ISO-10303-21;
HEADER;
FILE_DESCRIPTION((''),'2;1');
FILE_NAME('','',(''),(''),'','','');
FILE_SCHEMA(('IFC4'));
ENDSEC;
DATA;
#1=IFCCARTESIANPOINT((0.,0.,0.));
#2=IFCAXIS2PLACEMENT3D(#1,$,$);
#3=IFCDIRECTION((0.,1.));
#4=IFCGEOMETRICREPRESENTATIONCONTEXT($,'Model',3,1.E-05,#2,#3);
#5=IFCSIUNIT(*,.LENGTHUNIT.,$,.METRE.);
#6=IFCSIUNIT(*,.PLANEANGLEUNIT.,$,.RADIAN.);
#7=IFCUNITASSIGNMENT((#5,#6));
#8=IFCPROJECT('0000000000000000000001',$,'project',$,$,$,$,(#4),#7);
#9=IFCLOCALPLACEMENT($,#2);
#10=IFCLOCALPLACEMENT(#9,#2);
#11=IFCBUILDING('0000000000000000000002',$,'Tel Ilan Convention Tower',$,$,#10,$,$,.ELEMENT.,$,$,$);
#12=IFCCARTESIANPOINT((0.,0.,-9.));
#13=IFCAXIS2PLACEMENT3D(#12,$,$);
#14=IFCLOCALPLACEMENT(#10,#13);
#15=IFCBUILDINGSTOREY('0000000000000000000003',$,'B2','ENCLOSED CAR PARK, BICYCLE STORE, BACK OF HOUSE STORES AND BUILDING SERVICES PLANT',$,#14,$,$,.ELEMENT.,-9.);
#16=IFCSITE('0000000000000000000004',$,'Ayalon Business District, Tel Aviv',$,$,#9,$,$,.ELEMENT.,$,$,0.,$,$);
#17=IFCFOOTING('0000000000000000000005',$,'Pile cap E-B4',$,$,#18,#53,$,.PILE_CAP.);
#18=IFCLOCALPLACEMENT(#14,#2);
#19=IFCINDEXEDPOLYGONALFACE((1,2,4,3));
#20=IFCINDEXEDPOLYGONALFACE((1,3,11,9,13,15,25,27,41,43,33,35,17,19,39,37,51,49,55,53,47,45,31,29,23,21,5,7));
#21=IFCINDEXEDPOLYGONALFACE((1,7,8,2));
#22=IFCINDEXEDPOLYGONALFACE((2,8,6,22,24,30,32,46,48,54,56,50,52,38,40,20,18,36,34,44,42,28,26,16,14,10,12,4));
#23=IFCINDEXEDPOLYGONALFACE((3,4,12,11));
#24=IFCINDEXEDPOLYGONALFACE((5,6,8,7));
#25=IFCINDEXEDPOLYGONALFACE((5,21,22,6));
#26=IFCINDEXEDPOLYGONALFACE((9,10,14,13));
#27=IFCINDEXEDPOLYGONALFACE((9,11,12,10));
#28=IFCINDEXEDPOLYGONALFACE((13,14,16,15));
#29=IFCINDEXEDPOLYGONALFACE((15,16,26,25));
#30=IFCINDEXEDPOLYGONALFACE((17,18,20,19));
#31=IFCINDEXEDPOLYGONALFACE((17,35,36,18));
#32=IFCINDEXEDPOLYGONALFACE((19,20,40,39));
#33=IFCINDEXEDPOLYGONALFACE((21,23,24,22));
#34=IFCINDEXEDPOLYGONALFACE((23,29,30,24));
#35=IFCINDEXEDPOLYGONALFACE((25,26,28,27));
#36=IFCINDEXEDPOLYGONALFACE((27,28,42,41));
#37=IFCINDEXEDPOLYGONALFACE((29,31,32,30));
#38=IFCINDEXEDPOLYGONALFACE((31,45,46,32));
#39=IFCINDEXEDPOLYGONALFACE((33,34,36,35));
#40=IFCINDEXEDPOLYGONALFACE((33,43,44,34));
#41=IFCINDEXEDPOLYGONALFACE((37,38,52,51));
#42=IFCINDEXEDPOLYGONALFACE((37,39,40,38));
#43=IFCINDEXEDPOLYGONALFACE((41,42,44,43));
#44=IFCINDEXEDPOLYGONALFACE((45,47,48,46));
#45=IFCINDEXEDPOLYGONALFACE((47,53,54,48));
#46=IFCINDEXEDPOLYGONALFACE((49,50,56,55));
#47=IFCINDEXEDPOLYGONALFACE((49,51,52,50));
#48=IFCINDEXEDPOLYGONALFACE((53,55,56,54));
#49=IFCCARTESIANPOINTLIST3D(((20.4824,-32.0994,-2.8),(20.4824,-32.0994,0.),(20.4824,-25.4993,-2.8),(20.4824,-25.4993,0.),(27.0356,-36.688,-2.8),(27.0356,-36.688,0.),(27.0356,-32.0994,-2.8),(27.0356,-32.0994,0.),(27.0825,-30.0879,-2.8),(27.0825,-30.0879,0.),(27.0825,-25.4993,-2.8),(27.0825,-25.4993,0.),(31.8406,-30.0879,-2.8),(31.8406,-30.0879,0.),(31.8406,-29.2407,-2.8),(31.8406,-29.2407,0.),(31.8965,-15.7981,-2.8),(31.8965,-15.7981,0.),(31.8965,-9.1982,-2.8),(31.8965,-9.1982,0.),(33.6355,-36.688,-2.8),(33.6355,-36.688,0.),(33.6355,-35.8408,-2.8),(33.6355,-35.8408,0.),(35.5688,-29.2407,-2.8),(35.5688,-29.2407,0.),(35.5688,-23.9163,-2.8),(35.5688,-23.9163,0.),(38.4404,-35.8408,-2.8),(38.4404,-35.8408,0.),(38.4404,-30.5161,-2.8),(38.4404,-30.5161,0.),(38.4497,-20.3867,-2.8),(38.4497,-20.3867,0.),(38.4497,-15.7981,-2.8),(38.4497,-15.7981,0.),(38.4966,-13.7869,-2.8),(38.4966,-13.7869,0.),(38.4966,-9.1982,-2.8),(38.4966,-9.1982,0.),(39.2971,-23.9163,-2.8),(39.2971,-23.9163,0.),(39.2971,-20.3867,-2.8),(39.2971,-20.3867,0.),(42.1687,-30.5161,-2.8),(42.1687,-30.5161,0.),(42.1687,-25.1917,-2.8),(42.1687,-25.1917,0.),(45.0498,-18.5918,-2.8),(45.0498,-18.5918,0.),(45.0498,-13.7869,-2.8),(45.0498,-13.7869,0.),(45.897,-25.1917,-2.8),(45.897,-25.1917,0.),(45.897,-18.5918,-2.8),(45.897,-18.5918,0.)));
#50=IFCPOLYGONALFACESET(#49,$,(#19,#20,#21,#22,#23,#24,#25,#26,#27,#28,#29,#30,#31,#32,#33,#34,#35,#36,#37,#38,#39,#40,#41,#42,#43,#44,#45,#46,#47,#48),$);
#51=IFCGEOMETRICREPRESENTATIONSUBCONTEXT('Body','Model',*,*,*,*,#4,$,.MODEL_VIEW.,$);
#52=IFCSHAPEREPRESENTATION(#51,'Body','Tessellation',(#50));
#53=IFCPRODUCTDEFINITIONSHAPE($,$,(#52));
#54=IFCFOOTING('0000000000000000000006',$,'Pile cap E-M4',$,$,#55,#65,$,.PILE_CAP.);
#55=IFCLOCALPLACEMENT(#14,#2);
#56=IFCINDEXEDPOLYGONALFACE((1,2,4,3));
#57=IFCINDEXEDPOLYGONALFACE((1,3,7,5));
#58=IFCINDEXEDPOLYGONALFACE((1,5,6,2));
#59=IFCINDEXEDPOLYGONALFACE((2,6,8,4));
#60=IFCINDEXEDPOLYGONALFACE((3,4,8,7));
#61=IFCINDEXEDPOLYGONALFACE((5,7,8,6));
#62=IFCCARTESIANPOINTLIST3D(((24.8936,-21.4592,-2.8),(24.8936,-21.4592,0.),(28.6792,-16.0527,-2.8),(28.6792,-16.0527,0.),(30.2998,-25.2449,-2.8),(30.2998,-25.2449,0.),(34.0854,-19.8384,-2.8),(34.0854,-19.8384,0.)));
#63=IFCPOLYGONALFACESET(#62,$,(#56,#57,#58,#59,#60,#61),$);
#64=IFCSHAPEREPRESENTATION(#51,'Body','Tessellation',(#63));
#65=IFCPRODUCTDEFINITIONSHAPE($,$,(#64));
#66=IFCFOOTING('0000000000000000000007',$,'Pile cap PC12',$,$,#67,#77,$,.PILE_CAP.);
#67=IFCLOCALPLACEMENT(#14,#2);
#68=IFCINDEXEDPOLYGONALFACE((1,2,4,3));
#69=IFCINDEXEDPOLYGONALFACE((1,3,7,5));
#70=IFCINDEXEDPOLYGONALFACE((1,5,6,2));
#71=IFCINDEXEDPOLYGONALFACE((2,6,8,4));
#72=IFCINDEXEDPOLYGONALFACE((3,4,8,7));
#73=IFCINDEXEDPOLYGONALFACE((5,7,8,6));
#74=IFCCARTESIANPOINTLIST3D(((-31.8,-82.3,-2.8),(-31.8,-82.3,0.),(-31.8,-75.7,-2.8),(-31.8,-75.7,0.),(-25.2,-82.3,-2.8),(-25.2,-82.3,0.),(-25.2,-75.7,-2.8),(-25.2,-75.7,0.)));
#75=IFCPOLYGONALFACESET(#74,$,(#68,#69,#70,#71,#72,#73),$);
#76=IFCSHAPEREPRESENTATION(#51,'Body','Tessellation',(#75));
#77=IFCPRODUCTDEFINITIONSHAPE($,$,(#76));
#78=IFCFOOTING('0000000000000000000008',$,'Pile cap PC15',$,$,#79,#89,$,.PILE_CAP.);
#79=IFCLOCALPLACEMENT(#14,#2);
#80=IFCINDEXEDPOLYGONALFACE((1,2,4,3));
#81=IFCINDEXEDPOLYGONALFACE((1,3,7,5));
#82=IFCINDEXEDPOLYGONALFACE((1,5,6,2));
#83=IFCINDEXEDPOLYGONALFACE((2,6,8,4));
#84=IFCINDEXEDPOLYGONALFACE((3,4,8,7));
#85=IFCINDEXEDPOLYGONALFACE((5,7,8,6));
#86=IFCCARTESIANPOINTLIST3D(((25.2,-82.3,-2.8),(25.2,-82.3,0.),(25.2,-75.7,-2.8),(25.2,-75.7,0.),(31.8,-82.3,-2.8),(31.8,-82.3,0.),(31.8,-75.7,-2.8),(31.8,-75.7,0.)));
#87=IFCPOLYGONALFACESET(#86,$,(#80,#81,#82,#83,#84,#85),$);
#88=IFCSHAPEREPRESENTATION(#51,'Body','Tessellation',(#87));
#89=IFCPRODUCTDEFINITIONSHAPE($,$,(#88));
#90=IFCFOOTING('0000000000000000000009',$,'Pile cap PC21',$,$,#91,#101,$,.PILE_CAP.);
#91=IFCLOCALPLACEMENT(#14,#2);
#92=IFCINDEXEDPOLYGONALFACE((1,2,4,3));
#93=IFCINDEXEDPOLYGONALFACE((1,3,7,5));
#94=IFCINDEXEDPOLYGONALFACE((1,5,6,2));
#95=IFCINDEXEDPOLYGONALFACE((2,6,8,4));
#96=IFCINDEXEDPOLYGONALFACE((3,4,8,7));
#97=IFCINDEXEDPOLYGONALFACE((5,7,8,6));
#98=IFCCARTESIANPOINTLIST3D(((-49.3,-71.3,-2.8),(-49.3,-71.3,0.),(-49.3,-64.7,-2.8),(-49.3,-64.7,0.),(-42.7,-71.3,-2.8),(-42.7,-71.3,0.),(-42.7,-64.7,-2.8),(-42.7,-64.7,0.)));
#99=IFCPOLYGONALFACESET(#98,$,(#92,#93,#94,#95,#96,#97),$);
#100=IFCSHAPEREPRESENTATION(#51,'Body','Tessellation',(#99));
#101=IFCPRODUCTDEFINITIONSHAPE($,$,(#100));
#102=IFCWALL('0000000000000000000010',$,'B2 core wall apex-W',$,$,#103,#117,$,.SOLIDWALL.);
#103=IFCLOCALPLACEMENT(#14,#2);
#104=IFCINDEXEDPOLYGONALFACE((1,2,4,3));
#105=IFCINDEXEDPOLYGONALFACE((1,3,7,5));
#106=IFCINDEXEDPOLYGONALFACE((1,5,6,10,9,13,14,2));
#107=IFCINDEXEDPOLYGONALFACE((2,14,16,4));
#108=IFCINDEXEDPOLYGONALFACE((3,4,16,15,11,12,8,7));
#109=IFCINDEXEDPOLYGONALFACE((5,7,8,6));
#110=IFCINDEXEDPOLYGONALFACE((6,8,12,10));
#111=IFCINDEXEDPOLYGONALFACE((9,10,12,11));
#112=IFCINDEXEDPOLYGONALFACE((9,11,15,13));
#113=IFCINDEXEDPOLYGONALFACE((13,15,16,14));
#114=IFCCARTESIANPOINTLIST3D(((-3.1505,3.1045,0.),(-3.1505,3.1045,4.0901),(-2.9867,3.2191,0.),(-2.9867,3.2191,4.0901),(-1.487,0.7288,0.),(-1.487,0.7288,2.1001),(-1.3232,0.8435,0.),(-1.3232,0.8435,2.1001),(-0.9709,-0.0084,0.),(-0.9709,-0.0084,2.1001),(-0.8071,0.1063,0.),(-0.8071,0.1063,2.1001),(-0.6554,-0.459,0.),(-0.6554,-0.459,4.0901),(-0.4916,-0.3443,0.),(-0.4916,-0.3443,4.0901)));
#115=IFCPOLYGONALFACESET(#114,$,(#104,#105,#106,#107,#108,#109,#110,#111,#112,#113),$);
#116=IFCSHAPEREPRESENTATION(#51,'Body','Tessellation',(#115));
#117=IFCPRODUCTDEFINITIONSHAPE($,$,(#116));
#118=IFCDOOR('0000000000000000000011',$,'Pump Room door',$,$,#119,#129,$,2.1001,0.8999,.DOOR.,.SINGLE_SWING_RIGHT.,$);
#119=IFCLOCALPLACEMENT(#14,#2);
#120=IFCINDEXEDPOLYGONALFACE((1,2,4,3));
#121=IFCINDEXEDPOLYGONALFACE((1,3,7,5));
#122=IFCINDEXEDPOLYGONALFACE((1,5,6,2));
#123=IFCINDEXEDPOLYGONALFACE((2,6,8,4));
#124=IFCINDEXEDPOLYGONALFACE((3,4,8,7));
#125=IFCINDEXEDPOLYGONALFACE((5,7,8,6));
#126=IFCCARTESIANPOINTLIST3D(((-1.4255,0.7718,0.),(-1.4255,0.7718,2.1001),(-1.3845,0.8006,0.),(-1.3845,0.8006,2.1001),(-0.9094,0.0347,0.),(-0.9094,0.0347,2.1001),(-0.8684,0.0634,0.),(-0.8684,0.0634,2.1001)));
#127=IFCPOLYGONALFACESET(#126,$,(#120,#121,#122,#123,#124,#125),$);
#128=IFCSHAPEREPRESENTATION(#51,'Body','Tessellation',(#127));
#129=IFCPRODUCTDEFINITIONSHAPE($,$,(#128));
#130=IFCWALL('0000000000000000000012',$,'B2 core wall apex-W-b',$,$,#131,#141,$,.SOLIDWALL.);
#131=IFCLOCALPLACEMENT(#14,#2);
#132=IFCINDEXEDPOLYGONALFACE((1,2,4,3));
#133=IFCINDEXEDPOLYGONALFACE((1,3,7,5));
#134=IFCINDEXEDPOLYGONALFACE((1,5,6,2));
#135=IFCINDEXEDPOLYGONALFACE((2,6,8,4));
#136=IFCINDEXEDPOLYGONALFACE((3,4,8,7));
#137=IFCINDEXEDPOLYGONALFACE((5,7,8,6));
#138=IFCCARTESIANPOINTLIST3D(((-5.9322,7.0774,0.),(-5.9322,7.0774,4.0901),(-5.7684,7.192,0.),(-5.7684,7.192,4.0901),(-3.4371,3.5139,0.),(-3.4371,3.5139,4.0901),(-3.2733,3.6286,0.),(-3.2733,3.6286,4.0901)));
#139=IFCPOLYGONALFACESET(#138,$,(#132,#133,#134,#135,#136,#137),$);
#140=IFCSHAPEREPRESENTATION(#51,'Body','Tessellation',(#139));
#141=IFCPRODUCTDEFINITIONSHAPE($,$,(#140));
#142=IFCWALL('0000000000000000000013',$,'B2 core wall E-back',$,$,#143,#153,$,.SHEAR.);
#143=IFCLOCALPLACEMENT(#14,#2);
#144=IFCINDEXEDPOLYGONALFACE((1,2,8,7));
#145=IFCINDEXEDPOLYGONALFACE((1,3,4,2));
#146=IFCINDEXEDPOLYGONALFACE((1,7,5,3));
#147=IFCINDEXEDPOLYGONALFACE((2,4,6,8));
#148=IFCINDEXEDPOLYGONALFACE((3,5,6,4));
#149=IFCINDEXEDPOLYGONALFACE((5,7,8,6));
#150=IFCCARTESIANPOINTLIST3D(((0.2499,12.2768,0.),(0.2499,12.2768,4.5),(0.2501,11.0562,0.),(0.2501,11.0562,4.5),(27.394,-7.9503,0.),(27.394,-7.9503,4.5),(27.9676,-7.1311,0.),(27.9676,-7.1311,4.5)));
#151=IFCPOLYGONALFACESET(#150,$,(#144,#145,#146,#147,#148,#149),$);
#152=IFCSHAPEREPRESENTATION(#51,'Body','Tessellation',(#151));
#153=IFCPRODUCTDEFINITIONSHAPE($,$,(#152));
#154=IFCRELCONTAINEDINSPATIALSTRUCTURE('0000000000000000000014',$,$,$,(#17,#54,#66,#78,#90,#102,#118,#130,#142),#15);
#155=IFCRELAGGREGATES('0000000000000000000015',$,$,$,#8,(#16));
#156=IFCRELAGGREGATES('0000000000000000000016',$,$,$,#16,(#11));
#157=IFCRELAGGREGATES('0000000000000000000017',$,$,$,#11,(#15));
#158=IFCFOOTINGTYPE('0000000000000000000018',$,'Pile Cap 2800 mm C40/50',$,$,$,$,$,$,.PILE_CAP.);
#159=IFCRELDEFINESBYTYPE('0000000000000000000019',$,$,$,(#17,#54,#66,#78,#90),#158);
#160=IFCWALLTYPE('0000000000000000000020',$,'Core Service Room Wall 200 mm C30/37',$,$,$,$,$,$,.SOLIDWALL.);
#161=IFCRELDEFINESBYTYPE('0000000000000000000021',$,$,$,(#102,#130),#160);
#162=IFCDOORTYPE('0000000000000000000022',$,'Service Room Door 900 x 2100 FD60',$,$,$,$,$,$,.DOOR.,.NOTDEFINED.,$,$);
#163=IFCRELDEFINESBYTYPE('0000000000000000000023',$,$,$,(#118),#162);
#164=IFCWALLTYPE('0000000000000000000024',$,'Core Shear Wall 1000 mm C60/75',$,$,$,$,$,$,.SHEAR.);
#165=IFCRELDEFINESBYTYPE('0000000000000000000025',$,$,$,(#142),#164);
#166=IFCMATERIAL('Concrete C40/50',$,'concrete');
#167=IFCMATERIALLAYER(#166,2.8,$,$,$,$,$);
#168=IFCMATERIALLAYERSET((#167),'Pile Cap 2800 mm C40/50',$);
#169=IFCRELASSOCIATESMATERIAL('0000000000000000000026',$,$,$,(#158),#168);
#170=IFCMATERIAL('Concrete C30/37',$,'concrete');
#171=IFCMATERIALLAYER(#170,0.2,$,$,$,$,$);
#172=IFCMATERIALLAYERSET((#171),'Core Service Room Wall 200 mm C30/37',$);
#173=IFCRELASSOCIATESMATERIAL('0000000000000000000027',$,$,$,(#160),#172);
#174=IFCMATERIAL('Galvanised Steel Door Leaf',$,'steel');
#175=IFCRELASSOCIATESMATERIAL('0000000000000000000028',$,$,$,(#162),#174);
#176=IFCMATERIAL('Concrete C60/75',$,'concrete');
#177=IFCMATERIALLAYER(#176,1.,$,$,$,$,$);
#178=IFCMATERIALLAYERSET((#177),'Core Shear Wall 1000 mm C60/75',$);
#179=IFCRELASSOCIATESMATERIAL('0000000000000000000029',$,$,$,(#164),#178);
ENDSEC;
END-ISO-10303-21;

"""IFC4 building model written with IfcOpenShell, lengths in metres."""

from ifc_helpers import new_model, si_unit, direction, frame, frame_2d, origin, place, context, subcontext, project, spatial, polyline, rectangle, outline, extrude, material, layer, layer_set, type_object, element, fill, save


model = new_model("IFC4")

# Units and contexts
model_context = context("Model", 3, precision=1e-05, world=origin(), true_north=direction((0.0, 1.0)))
body_context = subcontext(model_context, "Body", "Model", "MODEL_VIEW")
ifc_project = project(units=[si_unit("LENGTHUNIT", "METRE"), si_unit("PLANEANGLEUNIT", "RADIAN")], contexts=[model_context])

# Site, building, storey
site_placement = place(None, origin())
site = spatial("IfcSite", under=ifc_project, at=site_placement, Name="Ayalon Business District, Tel Aviv", CompositionType="ELEMENT", RefElevation=0.0)
building_placement = place(site_placement, origin())
building = spatial("IfcBuilding", under=site, at=building_placement, Name="Tel Ilan Convention Tower", CompositionType="ELEMENT")
storey_placement = place(building_placement, frame((0.0, 0.0, -9.0)))
storey = spatial("IfcBuildingStorey", under=building, at=storey_placement, Name="B2", Description="ENCLOSED CAR PARK, BICYCLE STORE, BACK OF HOUSE STORES AND BUILDING SERVICES PLANT", CompositionType="ELEMENT", Elevation=-9.0)

# Footings
ifc_material_1 = material(Name="Concrete C40/50", Category="concrete")
ifc_layer_1 = layer(ifc_material_1, 2.8)
ifc_layer_set_1 = layer_set([ifc_layer_1], Name="Pile Cap 2800 mm C40/50")
footing_type = type_object("IfcFootingType", Name="Pile Cap 2800 mm C40/50", PredefinedType="PILE_CAP", material=ifc_layer_set_1)
footing_1_placement = place(storey_placement, frame((0.0, 0.0, -2.8)))
element("IfcFooting", 1, at=footing_1_placement, inside=storey, type_object=footing_type, Name="Pile cap E-B4", PredefinedType="PILE_CAP", context=body_context, shape_type="SweptSolid", body=[
    extrude(outline(polyline([(27.0356, -32.0994), (27.0356, -36.688), (33.6355, -36.688), (33.6355, -35.8408), (38.4404, -35.8408), (38.4404, -30.5161), (42.1687, -30.5161), (42.1687, -25.1917), (45.897, -25.1917), (45.897, -18.5918), (45.0498, -18.5918), (45.0498, -13.7869), (38.4966, -13.7869), (38.4966, -9.1982), (31.8965, -9.1982), (31.8965, -15.7981), (38.4497, -15.7981), (38.4497, -20.3867), (39.2971, -20.3867), (39.2971, -23.9163), (35.5688, -23.9163), (35.5688, -29.2407), (31.8406, -29.2407), (31.8406, -30.0879), (27.0825, -30.0879), (27.0825, -25.4993), (20.4824, -25.4993), (20.4824, -32.0994), (27.0356, -32.0994)])), origin(), (0.0, 0.0, 1.0), 2.8),
])
footing_2_placement = place(storey_placement, frame((0.0, 0.0, -2.8)))
element("IfcFooting", 2, at=footing_2_placement, inside=storey, type_object=footing_type, Name="Pile cap E-M4", PredefinedType="PILE_CAP", context=body_context, shape_type="SweptSolid", body=[
    extrude(outline(polyline([(24.8936, -21.4592), (30.2998, -25.2449), (34.0854, -19.8384), (28.6792, -16.0527), (24.8936, -21.4592)])), origin(), (0.0, 0.0, 1.0), 2.8),
])
footing_3_placement = place(storey_placement, frame((0.0, 0.0, -2.8)))
element("IfcFooting", 3, at=footing_3_placement, inside=storey, type_object=footing_type, Name="Pile cap PC12", PredefinedType="PILE_CAP", context=body_context, shape_type="SweptSolid", body=[
    extrude(outline(polyline([(-31.8, -82.3), (-25.2, -82.3), (-25.2, -75.7), (-31.8, -75.7), (-31.8, -82.3)])), origin(), (0.0, 0.0, 1.0), 2.8),
])
footing_4_placement = place(storey_placement, frame((0.0, 0.0, -2.8)))
element("IfcFooting", 4, at=footing_4_placement, inside=storey, type_object=footing_type, Name="Pile cap PC15", PredefinedType="PILE_CAP", context=body_context, shape_type="SweptSolid", body=[
    extrude(outline(polyline([(25.2, -82.3), (31.8, -82.3), (31.8, -75.7), (25.2, -75.7), (25.2, -82.3)])), origin(), (0.0, 0.0, 1.0), 2.8),
])
footing_5_placement = place(storey_placement, frame((0.0, 0.0, -2.8)))
element("IfcFooting", 5, at=footing_5_placement, inside=storey, type_object=footing_type, Name="Pile cap PC21", PredefinedType="PILE_CAP", context=body_context, shape_type="SweptSolid", body=[
    extrude(outline(polyline([(-49.3, -71.3), (-42.7, -71.3), (-42.7, -64.7), (-49.3, -64.7), (-49.3, -71.3)])), origin(), (0.0, 0.0, 1.0), 2.8),
])

# Wall, opening, door
ifc_material_2 = material(Name="Concrete C30/37", Category="concrete")
ifc_layer_2 = layer(ifc_material_2, 0.2)
ifc_layer_set_2 = layer_set([ifc_layer_2], Name="Core Service Room Wall 200 mm C30/37")
wall_type_1 = type_object("IfcWallType", Name="Core Service Room Wall 200 mm C30/37", PredefinedType="SOLIDWALL", material=ifc_layer_set_2)
wall_1_placement = place(storey_placement, frame((-0.5735, -0.4016, 0.0), z_axis=(0.0, 0.0, 1.0), x_axis=(-0.573568, 0.819158, 0.0)))
wall_1 = element("IfcWall", 6, at=wall_1_placement, inside=storey, type_object=wall_type_1, Name="B2 core wall apex-W", PredefinedType="SOLIDWALL", context=body_context, shape_type="SweptSolid", body=[
    extrude(rectangle(XDim=4.3501, YDim=0.2, at=frame_2d((2.175, 0.0))), origin(), (0.0, 0.0, 1.0), 4.0901),
])
opening_1_placement = place(wall_1_placement, frame((0.55, 0.0, 0.0)))
opening_1 = element("IfcOpeningElement", 7, at=opening_1_placement, cuts=wall_1, PredefinedType="OPENING", context=body_context, shape_type="SweptSolid", body=[
    extrude(rectangle(XDim=0.8999, YDim=2.1001, at=frame_2d((0.45, 1.05))), frame((0.0, 0.1099, 0.0), z_axis=(0.0, -1.0, 0.0), x_axis=(1.0, 0.0, 0.0)), (0.0, 0.0, 1.0), 0.22),
])
ifc_material_3 = material(Name="Galvanised Steel Door Leaf", Category="steel")
door_type_1 = type_object("IfcDoorType", Name="Service Room Door 900 x 2100 FD60", OperationType="NOTDEFINED", PredefinedType="DOOR", material=ifc_material_3)
door_1_placement = place(opening_1_placement, origin())
door_1 = element("IfcDoor", 8, at=door_1_placement, inside=storey, type_object=door_type_1, Name="Pump Room door", OperationType="SINGLE_SWING_RIGHT", OverallHeight=2.1001, OverallWidth=0.8999, PredefinedType="DOOR", context=body_context, shape_type="SweptSolid", body=[
    extrude(rectangle(XDim=0.8999, YDim=2.1001, at=frame_2d((0.45, 1.05))), frame((0.0, 0.0249, 0.0), z_axis=(0.0, -1.0, 0.0), x_axis=(1.0, 0.0, 0.0)), (0.0, 0.0, 1.0), 0.05),
])
fill(opening_1, door_1)

# Walls
wall_2_placement = place(storey_placement, frame((-3.3552, 3.5713, 0.0), z_axis=(0.0, 0.0, 1.0), x_axis=(-0.573568, 0.819158, 0.0)))
element("IfcWall", 9, at=wall_2_placement, inside=storey, type_object=wall_type_1, Name="B2 core wall apex-W-b", PredefinedType="SOLIDWALL", context=body_context, shape_type="SweptSolid", body=[
    extrude(rectangle(XDim=4.3501, YDim=0.2, at=frame_2d((2.175, 0.0))), origin(), (0.0, 0.0, 1.0), 4.0901),
])
ifc_material_4 = material(Name="Concrete C60/75", Category="concrete")
ifc_layer_3 = layer(ifc_material_4, 1.0)
ifc_layer_set_3 = layer_set([ifc_layer_3], Name="Core Shear Wall 1000 mm C60/75")
wall_type_2 = type_object("IfcWallType", Name="Core Shear Wall 1000 mm C60/75", PredefinedType="SHEAR", material=ifc_layer_set_3)
wall_3_placement = place(storey_placement, frame((-0.0369, 11.8672, 0.0), z_axis=(0.0, 0.0, 1.0), x_axis=(0.819155, -0.573572, 0.0)))
element("IfcWall", 10, at=wall_3_placement, inside=storey, type_object=wall_type_2, Name="B2 core wall E-back", PredefinedType="SHEAR", context=body_context, shape_type="SweptSolid", body=[
    extrude(outline(polyline([(33.8369, 0.5), (0.0, 0.5), (0.7002, -0.4998), (33.8369, -0.5), (33.8369, 0.5)])), origin(), (0.0, 0.0, 1.0), 4.5),
])

save(model, "model.ifc")
